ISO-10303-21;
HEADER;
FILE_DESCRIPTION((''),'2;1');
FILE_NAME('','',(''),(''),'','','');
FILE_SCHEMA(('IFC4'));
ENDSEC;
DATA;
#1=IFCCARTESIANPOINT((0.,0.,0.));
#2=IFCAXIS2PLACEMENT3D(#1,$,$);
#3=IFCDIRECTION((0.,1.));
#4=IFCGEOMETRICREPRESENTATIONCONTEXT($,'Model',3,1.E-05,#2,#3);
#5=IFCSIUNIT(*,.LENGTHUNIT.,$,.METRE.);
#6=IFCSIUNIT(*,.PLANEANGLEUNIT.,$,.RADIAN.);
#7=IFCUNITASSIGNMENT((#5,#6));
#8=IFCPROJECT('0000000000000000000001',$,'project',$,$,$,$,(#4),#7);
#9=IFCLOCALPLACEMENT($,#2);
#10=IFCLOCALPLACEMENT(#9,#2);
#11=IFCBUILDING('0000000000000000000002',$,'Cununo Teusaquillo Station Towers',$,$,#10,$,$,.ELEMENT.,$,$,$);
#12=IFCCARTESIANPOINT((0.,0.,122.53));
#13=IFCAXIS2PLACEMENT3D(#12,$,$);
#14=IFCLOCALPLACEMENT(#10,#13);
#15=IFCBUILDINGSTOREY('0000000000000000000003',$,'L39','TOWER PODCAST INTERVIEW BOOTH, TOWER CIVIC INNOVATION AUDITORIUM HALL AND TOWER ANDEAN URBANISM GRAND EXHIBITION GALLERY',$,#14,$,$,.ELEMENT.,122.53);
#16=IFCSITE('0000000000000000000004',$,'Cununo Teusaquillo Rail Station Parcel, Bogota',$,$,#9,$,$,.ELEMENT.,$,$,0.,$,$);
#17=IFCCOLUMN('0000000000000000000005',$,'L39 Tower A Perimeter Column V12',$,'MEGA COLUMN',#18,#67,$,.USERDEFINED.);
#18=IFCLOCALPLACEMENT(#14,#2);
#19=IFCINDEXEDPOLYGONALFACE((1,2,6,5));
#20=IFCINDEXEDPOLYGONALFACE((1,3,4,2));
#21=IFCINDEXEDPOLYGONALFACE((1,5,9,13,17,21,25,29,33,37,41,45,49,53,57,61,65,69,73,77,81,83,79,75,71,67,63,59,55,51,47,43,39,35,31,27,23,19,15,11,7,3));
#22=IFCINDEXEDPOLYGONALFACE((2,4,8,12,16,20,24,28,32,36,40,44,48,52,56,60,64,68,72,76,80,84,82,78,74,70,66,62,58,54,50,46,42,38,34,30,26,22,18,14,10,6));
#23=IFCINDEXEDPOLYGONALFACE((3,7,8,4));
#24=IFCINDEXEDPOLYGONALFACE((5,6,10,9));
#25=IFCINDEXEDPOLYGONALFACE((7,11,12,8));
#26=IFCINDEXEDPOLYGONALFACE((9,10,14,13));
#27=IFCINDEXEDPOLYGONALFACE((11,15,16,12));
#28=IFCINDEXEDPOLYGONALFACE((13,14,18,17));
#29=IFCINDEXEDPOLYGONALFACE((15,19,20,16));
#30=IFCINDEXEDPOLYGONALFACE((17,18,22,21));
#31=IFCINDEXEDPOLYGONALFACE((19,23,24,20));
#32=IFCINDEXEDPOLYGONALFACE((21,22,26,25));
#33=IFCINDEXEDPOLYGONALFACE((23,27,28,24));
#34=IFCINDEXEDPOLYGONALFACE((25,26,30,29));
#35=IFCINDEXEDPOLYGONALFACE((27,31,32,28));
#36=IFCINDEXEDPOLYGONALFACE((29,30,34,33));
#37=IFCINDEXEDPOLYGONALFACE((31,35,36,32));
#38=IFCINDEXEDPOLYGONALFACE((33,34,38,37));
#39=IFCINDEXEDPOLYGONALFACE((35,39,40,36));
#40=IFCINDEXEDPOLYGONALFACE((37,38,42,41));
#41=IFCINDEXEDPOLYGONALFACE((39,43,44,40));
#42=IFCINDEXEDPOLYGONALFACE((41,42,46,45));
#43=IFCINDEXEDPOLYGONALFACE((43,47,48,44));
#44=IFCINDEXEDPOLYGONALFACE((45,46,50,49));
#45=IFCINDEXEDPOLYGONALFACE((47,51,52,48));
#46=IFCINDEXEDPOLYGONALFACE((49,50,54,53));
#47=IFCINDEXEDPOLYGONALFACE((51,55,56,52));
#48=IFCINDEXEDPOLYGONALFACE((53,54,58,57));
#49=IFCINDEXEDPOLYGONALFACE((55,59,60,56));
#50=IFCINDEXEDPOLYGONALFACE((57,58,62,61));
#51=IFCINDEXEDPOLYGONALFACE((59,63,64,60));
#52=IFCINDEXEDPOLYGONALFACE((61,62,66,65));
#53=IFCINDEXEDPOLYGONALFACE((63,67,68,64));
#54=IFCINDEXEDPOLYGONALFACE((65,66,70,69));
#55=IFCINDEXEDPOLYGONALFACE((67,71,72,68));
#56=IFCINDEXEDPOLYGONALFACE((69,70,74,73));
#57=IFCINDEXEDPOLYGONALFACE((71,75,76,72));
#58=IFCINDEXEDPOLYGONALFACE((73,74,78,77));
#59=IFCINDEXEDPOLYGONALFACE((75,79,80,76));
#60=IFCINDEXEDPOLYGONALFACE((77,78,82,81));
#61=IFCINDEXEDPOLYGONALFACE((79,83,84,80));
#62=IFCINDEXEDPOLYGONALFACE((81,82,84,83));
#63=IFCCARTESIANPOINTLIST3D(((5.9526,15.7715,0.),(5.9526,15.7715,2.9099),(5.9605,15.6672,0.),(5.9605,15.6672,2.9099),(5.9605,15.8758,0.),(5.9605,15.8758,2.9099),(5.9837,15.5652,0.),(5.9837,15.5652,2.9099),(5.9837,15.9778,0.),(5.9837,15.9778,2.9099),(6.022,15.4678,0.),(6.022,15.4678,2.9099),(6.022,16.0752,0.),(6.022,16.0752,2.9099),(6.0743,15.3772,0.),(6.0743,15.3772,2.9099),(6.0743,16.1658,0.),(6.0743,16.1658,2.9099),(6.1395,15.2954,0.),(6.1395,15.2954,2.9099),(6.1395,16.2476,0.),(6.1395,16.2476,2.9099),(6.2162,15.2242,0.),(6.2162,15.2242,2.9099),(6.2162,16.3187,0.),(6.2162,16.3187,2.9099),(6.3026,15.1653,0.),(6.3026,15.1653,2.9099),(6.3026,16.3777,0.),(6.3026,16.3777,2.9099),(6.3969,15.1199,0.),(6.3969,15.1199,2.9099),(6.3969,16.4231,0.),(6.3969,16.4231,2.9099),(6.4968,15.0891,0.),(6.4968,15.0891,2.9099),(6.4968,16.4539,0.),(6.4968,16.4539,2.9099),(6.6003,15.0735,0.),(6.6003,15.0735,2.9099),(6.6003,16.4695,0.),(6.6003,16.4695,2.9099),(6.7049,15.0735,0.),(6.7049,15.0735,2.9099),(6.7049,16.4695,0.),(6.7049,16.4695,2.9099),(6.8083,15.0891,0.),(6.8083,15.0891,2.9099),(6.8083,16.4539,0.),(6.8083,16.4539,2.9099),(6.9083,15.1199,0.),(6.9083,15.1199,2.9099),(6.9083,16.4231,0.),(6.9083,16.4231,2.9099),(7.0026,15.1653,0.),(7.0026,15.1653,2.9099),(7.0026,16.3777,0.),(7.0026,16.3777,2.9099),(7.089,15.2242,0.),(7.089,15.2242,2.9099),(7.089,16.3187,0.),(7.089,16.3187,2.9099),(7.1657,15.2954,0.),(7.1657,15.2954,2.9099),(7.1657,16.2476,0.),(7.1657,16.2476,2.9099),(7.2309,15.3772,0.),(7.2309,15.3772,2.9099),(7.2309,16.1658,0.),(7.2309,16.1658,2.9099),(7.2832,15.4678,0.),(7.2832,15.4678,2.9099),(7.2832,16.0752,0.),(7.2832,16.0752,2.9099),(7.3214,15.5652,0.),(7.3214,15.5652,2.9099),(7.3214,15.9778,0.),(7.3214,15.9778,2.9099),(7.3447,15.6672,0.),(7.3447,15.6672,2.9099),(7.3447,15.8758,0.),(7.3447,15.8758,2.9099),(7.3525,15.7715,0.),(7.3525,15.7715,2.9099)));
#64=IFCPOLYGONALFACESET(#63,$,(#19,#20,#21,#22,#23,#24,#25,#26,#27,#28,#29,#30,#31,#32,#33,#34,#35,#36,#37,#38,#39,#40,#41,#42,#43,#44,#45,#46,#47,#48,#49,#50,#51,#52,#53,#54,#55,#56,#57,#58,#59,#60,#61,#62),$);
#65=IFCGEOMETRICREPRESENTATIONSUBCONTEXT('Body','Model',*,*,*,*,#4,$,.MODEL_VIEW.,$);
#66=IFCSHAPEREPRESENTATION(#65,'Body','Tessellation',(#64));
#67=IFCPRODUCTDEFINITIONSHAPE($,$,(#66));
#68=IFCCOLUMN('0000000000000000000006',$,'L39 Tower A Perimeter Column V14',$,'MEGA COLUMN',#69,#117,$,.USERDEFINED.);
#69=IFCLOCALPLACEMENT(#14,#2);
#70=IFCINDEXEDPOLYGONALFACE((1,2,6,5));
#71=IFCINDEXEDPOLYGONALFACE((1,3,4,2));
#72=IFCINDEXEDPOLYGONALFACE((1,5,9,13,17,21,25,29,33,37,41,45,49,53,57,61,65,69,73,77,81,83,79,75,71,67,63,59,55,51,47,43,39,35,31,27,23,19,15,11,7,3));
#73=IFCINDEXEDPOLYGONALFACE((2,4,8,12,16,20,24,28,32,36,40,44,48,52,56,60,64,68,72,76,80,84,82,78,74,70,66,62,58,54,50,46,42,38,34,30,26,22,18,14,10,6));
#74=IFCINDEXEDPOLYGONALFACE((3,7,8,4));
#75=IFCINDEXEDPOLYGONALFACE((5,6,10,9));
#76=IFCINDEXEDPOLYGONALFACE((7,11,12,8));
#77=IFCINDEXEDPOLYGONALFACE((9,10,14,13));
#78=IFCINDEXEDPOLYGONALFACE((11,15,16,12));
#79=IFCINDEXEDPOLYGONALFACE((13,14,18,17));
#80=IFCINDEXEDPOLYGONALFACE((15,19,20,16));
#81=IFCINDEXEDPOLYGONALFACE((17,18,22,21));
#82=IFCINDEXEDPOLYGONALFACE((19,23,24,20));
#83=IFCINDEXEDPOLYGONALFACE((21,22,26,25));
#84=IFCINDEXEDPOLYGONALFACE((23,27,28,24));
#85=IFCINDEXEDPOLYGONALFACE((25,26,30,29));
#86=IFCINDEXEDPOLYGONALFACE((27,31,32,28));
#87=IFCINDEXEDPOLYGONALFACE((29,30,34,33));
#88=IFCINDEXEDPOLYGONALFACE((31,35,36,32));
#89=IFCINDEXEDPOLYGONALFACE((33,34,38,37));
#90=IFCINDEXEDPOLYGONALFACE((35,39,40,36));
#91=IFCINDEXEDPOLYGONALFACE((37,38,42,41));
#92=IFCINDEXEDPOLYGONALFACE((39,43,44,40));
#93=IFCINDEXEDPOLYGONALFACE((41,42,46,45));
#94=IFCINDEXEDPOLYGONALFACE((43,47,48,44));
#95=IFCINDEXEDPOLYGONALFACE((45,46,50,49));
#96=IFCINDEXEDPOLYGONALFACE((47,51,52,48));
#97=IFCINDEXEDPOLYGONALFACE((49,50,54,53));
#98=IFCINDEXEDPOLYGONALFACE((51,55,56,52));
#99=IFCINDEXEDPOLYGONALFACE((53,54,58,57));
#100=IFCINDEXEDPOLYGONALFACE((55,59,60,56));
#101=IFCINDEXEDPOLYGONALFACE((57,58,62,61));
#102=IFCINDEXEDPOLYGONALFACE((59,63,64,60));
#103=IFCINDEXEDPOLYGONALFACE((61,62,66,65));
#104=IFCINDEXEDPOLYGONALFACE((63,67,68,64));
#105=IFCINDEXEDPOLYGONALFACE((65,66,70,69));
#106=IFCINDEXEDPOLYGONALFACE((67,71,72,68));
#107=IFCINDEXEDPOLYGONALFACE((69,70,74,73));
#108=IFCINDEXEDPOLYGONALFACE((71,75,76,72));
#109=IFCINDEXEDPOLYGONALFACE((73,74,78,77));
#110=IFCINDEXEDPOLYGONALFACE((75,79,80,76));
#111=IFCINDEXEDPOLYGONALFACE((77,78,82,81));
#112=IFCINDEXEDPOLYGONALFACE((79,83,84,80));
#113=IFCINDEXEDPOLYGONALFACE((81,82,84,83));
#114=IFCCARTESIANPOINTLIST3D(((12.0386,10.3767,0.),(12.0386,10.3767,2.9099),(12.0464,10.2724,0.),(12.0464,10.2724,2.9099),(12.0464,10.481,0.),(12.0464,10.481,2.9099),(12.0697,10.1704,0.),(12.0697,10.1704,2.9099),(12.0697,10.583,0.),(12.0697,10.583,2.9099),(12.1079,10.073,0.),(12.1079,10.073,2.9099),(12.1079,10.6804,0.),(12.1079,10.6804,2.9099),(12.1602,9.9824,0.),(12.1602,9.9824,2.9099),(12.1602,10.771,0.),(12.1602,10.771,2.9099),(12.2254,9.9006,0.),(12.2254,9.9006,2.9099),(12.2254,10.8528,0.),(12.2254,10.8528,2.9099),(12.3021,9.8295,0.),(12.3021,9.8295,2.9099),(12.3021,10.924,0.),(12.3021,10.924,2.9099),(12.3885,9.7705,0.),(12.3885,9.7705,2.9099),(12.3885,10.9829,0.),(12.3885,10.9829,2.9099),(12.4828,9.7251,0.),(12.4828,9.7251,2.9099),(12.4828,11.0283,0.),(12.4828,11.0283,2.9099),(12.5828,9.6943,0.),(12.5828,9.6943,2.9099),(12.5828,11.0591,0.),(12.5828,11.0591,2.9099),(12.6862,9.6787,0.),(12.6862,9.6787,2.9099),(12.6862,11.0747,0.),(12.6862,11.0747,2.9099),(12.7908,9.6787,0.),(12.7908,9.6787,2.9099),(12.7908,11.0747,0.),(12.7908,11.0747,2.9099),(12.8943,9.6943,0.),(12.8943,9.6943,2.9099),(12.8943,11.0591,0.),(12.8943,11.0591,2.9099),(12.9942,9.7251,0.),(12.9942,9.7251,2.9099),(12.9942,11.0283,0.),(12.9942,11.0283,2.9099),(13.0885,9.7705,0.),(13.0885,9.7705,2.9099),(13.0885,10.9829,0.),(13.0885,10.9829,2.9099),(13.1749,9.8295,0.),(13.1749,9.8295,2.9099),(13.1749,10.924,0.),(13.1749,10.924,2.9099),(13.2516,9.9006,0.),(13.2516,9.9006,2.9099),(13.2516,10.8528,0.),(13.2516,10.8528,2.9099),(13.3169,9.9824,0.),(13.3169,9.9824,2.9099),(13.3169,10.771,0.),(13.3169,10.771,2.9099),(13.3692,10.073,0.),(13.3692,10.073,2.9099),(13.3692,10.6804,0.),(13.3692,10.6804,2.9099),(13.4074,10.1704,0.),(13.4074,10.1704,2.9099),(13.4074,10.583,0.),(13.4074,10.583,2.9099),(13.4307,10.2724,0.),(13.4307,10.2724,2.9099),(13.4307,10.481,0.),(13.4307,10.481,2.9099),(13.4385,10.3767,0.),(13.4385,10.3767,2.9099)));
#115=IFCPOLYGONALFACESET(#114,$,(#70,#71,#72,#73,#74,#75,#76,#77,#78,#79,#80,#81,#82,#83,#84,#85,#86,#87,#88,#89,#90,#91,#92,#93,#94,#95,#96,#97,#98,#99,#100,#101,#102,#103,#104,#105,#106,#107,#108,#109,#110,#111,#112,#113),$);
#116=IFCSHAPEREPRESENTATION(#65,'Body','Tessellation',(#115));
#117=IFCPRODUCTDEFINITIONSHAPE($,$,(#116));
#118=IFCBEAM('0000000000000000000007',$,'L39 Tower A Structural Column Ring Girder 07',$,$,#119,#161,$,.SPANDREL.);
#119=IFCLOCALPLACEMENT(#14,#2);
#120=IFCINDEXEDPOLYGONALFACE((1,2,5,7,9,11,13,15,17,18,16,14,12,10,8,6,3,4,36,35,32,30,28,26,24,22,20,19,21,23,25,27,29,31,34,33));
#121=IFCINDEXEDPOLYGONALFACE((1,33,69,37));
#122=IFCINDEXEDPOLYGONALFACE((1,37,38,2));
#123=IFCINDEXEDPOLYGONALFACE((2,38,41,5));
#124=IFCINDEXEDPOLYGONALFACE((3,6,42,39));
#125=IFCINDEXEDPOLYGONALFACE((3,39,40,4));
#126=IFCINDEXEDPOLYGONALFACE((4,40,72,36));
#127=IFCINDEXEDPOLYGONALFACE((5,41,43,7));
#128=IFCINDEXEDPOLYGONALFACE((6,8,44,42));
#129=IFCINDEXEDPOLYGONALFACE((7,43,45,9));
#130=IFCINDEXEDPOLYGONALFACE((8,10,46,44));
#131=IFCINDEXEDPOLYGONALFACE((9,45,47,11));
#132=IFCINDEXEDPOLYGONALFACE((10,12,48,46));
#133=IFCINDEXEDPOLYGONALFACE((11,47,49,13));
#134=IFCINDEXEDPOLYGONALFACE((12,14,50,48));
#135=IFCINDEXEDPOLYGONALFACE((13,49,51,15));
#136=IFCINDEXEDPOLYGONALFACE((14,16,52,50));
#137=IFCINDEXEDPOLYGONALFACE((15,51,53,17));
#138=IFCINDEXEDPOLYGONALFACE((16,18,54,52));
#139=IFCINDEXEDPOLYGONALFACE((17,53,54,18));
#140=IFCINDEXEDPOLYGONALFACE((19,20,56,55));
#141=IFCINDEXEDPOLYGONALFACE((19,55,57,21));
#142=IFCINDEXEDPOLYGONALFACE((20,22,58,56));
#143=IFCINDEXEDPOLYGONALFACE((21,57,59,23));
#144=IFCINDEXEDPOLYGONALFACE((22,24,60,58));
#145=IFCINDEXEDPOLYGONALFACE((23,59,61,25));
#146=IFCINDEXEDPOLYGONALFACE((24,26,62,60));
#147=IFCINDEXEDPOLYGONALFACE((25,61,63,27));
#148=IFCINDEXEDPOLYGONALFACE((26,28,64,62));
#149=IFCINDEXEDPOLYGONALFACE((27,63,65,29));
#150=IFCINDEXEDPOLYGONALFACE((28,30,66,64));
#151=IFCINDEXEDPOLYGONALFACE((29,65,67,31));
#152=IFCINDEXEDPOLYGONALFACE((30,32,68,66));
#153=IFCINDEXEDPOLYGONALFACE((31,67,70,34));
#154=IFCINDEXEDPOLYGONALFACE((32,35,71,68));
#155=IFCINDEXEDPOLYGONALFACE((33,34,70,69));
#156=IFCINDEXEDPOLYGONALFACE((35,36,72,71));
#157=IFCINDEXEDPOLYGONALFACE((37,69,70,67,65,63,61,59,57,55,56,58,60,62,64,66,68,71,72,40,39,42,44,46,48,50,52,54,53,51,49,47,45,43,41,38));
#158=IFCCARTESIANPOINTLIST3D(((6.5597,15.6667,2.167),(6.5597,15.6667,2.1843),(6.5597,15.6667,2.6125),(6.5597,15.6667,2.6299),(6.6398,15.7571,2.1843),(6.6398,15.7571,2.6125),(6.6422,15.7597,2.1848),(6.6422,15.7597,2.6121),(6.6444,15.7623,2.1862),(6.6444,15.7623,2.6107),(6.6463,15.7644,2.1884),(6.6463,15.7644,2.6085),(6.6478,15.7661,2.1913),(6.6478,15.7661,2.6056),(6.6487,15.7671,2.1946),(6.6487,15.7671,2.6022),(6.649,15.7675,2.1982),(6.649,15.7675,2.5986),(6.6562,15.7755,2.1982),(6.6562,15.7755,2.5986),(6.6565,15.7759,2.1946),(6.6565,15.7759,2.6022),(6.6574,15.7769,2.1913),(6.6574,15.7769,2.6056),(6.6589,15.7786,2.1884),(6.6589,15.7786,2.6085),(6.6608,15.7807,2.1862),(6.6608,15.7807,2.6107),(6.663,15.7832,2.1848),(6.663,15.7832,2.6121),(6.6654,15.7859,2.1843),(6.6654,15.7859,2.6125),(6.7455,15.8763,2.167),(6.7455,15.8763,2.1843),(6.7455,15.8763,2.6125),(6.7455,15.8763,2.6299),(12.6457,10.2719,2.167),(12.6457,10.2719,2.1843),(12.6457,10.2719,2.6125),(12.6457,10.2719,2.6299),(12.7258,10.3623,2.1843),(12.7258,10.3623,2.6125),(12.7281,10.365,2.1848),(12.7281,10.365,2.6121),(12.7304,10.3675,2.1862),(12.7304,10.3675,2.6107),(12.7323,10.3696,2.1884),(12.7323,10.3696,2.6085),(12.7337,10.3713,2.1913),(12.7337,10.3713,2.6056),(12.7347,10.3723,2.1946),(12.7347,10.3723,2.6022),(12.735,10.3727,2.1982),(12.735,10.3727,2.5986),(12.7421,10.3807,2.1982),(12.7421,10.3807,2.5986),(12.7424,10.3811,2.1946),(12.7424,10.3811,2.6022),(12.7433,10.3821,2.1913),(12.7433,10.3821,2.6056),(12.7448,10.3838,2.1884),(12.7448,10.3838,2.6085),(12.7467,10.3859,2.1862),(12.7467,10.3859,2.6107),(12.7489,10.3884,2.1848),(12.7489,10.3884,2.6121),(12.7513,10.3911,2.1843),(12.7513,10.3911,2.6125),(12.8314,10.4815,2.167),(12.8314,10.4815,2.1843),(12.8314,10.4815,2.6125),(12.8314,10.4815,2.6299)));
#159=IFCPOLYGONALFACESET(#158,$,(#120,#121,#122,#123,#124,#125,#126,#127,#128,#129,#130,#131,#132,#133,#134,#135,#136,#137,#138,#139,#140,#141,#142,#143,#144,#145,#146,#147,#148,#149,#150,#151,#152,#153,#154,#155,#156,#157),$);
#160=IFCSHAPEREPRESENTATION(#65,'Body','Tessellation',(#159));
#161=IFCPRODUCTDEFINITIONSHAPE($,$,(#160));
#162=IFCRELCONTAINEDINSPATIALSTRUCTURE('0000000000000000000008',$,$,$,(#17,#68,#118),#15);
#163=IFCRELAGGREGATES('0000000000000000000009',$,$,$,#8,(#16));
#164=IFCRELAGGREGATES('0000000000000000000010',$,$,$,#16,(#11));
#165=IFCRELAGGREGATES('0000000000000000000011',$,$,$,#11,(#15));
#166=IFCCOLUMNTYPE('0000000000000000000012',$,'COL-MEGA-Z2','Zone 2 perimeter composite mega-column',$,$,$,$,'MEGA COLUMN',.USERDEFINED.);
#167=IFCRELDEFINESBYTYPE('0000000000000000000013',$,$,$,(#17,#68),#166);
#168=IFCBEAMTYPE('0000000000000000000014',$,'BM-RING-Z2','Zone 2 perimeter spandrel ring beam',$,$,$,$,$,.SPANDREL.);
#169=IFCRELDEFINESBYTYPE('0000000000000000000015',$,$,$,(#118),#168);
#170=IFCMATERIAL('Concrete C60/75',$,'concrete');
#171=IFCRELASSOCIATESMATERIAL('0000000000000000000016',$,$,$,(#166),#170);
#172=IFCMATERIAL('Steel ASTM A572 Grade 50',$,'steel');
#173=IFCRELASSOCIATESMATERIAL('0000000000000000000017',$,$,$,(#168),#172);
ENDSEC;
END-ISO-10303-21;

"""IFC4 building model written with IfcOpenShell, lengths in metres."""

from ifc_helpers import new_model, si_unit, direction, frame, origin, origin_2d, place, context, subcontext, project, spatial, circle, i_section, extrude, material, material_profile, profile_set, type_object, element, save


model = new_model("IFC4")

# Units and contexts
model_context = context("Model", 3, precision=1e-05, world=origin(), true_north=direction((0.0, 1.0)))
body_context = subcontext(model_context, "Body", "Model", "MODEL_VIEW")
ifc_project = project(units=[si_unit("LENGTHUNIT", "METRE"), si_unit("PLANEANGLEUNIT", "RADIAN")], contexts=[model_context])

# Site, building, storey
site_placement = place(None, origin())
site = spatial("IfcSite", under=ifc_project, at=site_placement, Name="Cununo Teusaquillo Rail Station Parcel, Bogota", CompositionType="ELEMENT", RefElevation=0.0)
building_placement = place(site_placement, origin())
building = spatial("IfcBuilding", under=site, at=building_placement, Name="Cununo Teusaquillo Station Towers", CompositionType="ELEMENT")
storey_placement = place(building_placement, frame((0.0, 0.0, 122.53)))
storey = spatial("IfcBuildingStorey", under=building, at=storey_placement, Name="L39", Description="TOWER PODCAST INTERVIEW BOOTH, TOWER CIVIC INNOVATION AUDITORIUM HALL AND TOWER ANDEAN URBANISM GRAND EXHIBITION GALLERY", CompositionType="ELEMENT", Elevation=122.53)

# Columns
ifc_material_1 = material(Name="Concrete C60/75", Category="concrete")
ifc_material_profile_1 = material_profile(ifc_material_1, circle(Radius=0.7, at=origin_2d()), Name="RC-CIRC-1400")
ifc_profile_set_1 = profile_set([ifc_material_profile_1], Name="Concrete C60/75")
column_type = type_object("IfcColumnType", Name="COL-MEGA-Z2", Description="Zone 2 perimeter composite mega-column", ElementType="MEGA COLUMN", PredefinedType="USERDEFINED", material=ifc_profile_set_1)
for number, where, z_axis, x_axis, name in (
    (1, (6.6526, 15.7715, 0.0), (0.0, 0.0, 1.0), (1.0, 0.0, 0.0), "L39 Tower A Perimeter Column V12"),
    (2, (12.7385, 10.3767, 0.0), (0.0, 0.0, 1.0), (1.0, 0.0, 0.0), "L39 Tower A Perimeter Column V14"),
):
    element("IfcColumn", number, at=place(storey_placement, frame(where, z_axis=z_axis, x_axis=x_axis)), inside=storey, type_object=column_type, Name=name, ObjectType="MEGA COLUMN", PredefinedType="USERDEFINED", context=body_context, shape_type="SweptSolid", body=[
        extrude(circle(Radius=0.7, at=origin_2d()), origin(), (0.0, 0.0, 1.0), 2.9099),
    ])

# Beam
ifc_material_2 = material(Name="Steel ASTM A572 Grade 50", Category="steel")
ifc_material_profile_2 = material_profile(ifc_material_2, i_section(OverallWidth=0.28, OverallDepth=0.4629, WebThickness=0.0107, FlangeThickness=0.0173, FilletRadius=0.0139, at=origin_2d()), Name="W18X76")
ifc_profile_set_2 = profile_set([ifc_material_profile_2], Name="Steel ASTM A572 Grade 50")
beam_type = type_object("IfcBeamType", Name="BM-RING-Z2", Description="Zone 2 perimeter spandrel ring beam", PredefinedType="SPANDREL", material=ifc_profile_set_2)
beam_1_placement = place(storey_placement, frame((6.6526, 15.7715, 2.3984), z_axis=(0.748321, -0.663337, 0.0), x_axis=(0.663337, 0.748321, 0.0)))
element("IfcBeam", 3, at=beam_1_placement, inside=storey, type_object=beam_type, Name="L39 Tower A Structural Column Ring Girder 07", PredefinedType="SPANDREL", context=body_context, shape_type="SweptSolid", body=[
    extrude(i_section(OverallWidth=0.28, OverallDepth=0.4629, WebThickness=0.0107, FlangeThickness=0.0173, FilletRadius=0.0139, at=origin_2d()), origin(), (0.0, 0.0, 1.0), 8.1328),
])

save(model, "model.ifc")
